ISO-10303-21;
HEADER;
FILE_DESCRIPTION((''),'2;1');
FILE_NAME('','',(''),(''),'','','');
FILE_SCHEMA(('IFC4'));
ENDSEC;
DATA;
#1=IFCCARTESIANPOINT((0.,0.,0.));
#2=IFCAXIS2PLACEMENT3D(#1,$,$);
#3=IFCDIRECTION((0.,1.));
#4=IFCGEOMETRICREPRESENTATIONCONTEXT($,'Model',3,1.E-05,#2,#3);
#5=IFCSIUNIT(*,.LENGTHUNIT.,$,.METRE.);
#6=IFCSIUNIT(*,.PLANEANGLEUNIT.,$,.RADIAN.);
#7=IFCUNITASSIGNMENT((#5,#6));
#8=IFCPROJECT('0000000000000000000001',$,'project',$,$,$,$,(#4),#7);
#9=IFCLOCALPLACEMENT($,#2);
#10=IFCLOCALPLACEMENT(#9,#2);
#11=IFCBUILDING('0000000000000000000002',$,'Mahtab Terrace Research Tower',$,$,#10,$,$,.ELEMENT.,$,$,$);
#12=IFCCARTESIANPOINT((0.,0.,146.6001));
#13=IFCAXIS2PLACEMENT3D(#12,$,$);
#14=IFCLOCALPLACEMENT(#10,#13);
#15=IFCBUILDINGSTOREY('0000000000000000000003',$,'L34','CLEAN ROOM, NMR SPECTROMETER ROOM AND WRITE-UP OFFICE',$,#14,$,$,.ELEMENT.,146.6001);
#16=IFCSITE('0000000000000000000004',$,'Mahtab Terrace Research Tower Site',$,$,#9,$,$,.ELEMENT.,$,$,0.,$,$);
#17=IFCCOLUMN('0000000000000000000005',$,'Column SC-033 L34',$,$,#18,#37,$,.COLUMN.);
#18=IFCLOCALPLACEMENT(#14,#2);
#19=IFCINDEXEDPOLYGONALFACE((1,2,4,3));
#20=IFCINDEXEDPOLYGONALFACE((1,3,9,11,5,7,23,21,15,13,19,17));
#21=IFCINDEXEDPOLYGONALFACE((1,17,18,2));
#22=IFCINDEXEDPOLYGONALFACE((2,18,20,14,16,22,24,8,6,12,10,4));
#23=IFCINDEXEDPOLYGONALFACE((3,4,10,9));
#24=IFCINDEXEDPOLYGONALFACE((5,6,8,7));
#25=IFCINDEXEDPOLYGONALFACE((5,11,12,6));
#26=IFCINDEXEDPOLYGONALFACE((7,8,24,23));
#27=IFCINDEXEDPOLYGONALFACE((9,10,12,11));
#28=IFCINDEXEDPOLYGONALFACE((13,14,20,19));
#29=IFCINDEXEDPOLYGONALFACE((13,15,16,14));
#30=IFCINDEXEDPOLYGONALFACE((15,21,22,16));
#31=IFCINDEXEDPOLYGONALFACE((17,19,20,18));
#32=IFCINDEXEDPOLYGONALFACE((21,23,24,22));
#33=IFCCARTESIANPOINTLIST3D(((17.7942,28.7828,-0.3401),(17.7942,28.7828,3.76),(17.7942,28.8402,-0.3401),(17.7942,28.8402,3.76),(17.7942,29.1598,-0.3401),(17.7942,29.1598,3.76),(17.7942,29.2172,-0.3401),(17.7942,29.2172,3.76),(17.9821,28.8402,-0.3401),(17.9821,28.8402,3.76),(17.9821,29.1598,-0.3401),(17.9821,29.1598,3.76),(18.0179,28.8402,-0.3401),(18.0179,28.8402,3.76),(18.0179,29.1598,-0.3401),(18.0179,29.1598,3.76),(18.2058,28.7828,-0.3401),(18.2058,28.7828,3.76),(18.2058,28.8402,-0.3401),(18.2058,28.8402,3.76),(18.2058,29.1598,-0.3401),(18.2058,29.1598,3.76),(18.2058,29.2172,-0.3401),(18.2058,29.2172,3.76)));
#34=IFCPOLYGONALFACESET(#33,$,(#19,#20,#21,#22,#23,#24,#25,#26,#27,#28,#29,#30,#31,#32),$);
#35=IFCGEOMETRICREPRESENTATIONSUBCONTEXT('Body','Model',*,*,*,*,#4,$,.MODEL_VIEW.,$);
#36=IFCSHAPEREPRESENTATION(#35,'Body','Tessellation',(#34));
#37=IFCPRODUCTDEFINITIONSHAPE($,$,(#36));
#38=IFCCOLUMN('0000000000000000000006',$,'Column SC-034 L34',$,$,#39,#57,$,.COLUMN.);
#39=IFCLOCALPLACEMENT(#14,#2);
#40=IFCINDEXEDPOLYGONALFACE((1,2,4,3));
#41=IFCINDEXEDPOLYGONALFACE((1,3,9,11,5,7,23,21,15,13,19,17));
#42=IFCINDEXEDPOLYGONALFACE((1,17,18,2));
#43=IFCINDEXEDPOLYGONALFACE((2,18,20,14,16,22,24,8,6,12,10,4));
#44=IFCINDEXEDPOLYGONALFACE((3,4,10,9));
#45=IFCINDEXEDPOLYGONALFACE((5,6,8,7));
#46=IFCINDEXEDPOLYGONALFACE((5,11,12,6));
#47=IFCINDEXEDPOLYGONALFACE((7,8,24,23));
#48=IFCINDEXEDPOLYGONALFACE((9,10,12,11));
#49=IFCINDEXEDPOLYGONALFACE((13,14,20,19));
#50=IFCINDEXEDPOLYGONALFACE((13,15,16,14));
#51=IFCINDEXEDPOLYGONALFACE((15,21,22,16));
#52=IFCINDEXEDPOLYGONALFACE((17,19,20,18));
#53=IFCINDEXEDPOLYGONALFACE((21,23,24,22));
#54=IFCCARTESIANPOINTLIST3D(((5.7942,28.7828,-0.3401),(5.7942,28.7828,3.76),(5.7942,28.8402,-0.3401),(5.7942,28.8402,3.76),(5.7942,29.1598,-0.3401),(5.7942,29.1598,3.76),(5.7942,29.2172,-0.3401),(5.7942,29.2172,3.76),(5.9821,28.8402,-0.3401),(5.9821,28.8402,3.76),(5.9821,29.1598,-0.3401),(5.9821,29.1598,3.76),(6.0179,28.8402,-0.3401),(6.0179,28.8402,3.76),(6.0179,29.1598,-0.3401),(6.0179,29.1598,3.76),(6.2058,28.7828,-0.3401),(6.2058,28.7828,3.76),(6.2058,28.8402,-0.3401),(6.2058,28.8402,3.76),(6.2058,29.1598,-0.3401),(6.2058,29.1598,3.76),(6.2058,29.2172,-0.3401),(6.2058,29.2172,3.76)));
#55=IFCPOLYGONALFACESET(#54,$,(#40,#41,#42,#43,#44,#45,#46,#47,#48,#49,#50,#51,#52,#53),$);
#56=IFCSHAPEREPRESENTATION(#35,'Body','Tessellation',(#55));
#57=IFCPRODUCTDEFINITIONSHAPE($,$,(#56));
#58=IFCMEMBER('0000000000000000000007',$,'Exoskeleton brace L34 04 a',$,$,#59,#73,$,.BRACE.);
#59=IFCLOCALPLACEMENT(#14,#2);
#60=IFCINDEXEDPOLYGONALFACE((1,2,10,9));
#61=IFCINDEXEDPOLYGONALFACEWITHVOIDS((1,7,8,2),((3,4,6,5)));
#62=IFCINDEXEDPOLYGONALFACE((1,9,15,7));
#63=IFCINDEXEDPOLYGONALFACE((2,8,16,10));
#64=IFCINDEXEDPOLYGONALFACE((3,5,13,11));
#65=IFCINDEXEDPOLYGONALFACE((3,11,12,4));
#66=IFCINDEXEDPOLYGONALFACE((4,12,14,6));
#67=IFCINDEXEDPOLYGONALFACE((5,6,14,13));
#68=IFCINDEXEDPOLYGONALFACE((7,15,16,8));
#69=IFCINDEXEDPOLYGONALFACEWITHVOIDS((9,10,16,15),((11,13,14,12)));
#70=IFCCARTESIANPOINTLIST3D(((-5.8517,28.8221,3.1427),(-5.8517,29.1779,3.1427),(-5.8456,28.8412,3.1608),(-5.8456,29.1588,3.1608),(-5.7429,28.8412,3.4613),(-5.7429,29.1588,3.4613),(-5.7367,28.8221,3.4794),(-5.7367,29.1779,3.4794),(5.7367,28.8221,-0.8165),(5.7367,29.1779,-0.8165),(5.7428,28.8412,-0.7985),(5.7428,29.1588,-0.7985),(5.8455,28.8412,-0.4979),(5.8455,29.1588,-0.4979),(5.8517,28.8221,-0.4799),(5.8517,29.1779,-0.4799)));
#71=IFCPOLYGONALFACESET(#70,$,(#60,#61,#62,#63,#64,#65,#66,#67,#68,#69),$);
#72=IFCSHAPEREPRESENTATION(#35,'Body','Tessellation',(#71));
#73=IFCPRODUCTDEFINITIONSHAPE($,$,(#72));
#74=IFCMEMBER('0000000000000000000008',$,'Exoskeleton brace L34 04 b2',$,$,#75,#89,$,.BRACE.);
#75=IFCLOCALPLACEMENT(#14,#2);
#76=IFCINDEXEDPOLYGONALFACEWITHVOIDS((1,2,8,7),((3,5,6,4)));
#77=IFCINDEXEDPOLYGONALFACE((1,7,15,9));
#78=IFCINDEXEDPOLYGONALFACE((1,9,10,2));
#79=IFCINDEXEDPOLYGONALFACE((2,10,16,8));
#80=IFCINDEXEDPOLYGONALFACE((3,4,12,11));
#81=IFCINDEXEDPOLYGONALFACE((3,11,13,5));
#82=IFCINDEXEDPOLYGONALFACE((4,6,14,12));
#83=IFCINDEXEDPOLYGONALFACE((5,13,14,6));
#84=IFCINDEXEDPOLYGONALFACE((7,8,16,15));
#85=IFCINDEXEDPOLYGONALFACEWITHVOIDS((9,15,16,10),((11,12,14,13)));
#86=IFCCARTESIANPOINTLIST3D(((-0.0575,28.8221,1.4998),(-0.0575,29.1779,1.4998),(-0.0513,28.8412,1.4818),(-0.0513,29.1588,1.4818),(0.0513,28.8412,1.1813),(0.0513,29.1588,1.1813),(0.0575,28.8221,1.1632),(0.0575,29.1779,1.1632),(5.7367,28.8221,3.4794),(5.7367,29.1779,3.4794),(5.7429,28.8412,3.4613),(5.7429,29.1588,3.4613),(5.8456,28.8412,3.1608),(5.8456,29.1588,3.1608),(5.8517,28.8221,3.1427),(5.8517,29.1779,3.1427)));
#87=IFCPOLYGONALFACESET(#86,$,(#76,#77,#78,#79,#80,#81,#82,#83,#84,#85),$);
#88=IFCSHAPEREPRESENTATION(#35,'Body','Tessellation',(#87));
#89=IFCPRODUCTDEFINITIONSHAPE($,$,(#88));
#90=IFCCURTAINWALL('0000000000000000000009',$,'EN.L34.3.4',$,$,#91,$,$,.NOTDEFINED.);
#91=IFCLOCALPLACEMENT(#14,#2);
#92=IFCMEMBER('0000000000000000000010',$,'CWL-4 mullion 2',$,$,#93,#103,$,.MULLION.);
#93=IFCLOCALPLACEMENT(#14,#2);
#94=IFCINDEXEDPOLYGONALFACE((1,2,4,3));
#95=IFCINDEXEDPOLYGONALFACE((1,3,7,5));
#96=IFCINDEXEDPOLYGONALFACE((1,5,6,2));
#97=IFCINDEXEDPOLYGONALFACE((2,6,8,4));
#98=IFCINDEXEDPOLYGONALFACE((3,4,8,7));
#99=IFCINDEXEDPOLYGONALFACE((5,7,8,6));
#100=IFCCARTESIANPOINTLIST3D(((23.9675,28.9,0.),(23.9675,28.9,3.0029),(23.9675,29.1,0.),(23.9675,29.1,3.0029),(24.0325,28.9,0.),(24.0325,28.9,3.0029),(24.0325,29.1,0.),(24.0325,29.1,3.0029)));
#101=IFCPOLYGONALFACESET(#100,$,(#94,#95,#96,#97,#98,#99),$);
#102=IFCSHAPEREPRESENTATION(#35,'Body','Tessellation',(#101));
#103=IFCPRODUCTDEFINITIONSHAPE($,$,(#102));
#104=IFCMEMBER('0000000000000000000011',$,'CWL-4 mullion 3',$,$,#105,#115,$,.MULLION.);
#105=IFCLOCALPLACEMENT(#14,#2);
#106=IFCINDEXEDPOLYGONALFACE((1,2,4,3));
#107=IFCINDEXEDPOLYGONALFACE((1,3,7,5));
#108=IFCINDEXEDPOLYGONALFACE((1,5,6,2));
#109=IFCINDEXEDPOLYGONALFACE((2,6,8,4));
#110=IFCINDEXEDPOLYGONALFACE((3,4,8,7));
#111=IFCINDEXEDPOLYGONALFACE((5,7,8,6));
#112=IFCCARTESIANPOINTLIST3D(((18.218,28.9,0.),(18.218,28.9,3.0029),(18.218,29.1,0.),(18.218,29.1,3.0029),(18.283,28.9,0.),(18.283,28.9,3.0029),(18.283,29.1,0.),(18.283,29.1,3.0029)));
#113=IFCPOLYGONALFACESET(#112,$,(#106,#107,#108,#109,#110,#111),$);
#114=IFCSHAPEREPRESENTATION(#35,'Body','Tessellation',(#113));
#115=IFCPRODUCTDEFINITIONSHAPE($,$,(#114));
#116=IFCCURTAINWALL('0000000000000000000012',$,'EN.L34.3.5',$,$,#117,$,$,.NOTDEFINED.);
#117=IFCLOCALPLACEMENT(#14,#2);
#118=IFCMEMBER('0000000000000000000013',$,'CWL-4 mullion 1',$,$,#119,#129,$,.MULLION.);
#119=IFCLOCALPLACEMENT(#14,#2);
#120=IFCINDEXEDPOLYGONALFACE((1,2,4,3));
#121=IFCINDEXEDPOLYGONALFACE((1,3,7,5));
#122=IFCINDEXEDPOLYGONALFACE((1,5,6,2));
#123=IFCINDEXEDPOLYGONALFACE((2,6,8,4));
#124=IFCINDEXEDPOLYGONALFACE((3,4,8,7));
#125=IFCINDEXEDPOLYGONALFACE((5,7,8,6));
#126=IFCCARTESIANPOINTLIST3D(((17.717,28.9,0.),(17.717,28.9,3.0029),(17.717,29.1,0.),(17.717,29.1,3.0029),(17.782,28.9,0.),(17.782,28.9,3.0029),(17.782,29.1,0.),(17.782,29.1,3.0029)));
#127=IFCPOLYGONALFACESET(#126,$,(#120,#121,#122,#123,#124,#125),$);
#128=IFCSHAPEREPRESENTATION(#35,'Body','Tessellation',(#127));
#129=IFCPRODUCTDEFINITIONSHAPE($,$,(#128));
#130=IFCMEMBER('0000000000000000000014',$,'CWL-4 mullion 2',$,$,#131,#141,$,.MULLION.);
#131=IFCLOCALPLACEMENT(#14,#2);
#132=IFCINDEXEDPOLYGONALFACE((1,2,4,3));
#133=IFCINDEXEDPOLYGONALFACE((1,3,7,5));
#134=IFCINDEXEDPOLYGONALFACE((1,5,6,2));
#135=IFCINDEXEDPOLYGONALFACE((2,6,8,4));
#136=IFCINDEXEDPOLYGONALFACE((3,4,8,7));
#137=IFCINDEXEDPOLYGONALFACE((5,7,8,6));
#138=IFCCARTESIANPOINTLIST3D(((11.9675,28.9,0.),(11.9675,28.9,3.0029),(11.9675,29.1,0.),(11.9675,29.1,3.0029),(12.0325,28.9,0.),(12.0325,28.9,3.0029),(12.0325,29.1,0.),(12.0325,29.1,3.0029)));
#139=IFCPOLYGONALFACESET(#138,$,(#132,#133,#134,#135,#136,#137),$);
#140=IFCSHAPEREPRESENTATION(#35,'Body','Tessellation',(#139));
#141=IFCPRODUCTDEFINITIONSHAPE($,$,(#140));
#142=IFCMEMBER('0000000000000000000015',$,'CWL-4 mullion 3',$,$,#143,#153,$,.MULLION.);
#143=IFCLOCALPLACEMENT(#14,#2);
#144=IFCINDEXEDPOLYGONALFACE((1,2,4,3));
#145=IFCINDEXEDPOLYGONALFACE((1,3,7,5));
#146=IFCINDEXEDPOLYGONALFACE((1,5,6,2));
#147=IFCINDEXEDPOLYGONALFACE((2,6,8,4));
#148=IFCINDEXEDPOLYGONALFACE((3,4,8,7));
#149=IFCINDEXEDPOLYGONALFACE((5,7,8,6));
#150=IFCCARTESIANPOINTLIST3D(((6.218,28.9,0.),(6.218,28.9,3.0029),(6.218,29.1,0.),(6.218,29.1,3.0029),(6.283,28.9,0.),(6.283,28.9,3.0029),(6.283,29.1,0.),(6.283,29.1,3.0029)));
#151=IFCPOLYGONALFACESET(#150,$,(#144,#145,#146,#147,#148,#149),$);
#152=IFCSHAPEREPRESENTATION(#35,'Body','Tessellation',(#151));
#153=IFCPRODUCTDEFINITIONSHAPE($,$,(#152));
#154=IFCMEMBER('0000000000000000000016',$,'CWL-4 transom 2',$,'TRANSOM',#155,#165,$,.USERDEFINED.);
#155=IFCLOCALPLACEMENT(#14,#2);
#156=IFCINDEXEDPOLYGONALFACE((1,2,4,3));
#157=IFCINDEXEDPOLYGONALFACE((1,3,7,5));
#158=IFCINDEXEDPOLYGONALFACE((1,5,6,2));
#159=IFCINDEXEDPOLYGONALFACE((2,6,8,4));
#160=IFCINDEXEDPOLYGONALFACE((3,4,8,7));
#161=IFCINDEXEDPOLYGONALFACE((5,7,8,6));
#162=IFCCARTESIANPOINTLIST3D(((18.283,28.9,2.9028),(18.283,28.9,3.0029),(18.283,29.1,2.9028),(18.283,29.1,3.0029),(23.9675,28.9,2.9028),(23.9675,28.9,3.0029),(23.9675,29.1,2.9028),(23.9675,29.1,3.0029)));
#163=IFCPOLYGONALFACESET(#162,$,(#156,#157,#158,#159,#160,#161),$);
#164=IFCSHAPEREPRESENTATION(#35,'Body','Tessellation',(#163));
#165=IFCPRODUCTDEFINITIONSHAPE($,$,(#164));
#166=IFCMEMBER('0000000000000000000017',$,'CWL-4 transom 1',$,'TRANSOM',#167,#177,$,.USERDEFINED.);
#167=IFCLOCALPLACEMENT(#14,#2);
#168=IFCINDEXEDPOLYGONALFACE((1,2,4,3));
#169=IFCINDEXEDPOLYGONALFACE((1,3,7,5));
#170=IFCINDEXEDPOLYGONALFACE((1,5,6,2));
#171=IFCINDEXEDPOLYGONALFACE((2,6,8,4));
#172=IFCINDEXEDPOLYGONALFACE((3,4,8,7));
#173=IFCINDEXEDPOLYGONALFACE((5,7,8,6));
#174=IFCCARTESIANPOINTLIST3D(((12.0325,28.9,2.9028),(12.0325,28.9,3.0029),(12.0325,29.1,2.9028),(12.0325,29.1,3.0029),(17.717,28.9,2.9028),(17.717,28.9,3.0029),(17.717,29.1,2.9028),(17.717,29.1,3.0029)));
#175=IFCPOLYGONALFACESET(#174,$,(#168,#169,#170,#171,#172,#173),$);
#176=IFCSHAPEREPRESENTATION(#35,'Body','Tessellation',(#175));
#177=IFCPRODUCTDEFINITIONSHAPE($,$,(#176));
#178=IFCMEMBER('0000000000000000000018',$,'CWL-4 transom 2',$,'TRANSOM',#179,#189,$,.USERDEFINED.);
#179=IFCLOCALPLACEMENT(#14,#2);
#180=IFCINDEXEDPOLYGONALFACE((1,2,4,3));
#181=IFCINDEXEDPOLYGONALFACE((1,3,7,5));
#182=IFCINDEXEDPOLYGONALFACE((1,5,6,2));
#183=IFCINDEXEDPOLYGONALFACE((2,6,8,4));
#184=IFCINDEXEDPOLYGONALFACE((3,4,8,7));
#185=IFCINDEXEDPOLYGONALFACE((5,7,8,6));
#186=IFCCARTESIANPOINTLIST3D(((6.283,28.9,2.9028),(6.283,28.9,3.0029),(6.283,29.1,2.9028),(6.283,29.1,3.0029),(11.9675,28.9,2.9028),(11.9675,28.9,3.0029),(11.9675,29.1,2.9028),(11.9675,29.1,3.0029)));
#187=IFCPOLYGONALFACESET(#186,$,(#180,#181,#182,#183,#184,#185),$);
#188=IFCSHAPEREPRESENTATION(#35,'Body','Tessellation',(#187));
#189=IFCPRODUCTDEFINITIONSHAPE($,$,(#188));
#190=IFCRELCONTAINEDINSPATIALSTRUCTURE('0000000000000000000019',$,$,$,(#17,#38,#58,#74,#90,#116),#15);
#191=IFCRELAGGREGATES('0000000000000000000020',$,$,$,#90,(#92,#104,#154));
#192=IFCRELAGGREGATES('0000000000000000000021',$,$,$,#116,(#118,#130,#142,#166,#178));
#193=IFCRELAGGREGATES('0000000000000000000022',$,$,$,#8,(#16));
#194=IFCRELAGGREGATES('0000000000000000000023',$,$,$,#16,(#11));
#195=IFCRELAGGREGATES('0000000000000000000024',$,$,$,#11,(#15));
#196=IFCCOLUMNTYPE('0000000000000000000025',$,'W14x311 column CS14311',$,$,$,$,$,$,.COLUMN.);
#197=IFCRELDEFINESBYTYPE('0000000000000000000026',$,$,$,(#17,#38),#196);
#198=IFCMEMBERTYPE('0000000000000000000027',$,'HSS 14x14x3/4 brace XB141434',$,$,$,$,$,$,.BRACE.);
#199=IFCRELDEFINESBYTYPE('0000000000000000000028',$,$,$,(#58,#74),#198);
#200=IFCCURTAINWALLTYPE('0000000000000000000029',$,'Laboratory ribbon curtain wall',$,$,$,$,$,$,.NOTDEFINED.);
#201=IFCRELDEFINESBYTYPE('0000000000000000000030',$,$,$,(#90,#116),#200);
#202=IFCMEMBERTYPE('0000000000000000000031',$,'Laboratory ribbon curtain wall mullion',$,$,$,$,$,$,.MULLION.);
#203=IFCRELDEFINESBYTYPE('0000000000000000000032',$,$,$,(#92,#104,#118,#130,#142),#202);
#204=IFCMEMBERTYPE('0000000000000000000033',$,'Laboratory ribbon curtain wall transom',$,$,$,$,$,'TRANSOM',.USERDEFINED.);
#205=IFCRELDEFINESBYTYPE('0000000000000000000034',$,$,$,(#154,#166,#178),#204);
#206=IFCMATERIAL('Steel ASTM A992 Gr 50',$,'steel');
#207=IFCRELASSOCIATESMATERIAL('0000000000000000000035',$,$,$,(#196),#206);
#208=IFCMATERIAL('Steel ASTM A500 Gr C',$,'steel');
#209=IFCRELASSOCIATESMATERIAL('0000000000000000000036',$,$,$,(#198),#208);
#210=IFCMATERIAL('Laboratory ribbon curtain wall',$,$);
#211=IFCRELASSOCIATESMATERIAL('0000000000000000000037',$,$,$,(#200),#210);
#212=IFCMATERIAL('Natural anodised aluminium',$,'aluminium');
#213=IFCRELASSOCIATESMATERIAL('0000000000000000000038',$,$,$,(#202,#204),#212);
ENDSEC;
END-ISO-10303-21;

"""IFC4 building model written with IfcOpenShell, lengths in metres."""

from ifc_helpers import new_model, si_unit, direction, frame, origin, origin_2d, place, context, subcontext, project, spatial, rectangle, hollow_rectangle, i_section, extrude, material, material_profile, profile_set, type_object, element, aggregate, save


model = new_model("IFC4")

# Units and contexts
model_context = context("Model", 3, precision=1e-05, world=origin(), true_north=direction((0.0, 1.0)))
body_context = subcontext(model_context, "Body", "Model", "MODEL_VIEW")
ifc_project = project(units=[si_unit("LENGTHUNIT", "METRE"), si_unit("PLANEANGLEUNIT", "RADIAN")], contexts=[model_context])

# Site, building, storey
site_placement = place(None, origin())
site = spatial("IfcSite", under=ifc_project, at=site_placement, Name="Mahtab Terrace Research Tower Site", CompositionType="ELEMENT", RefElevation=0.0)
building_placement = place(site_placement, origin())
building = spatial("IfcBuilding", under=site, at=building_placement, Name="Mahtab Terrace Research Tower", CompositionType="ELEMENT")
storey_placement = place(building_placement, frame((0.0, 0.0, 146.6001)))
storey = spatial("IfcBuildingStorey", under=building, at=storey_placement, Name="L34", Description="CLEAN ROOM, NMR SPECTROMETER ROOM AND WRITE-UP OFFICE", CompositionType="ELEMENT", Elevation=146.6001)

# Columns
ifc_material_1 = material(Name="Steel ASTM A992 Gr 50", Category="steel")
ifc_material_profile_1 = material_profile(ifc_material_1, i_section(OverallWidth=0.4116, OverallDepth=0.4343, WebThickness=0.0359, FlangeThickness=0.0574, at=origin_2d()), Name="W14X311")
ifc_profile_set_1 = profile_set([ifc_material_profile_1], Name="Steel ASTM A992 Gr 50")
column_type = type_object("IfcColumnType", Name="W14x311 column CS14311", PredefinedType="COLUMN", material=ifc_profile_set_1)
for number, where, z_axis, x_axis, name in (
    (1, (18.0, 29.0, -0.3401), (0.0, 0.0, 1.0), (1.0, 0.0, 0.0), "Column SC-033 L34"),
    (2, (6.0, 29.0, -0.3401), (0.0, 0.0, 1.0), (1.0, 0.0, 0.0), "Column SC-034 L34"),
):
    element("IfcColumn", number, at=place(storey_placement, frame(where, z_axis=z_axis, x_axis=x_axis)), inside=storey, type_object=column_type, Name=name, PredefinedType="COLUMN", context=body_context, shape_type="SweptSolid", body=[
        extrude(i_section(OverallWidth=0.4116, OverallDepth=0.4343, WebThickness=0.0359, FlangeThickness=0.0574, at=origin_2d()), origin(), (0.0, 0.0, 1.0), 4.1001),
    ])

# Members
ifc_material_2 = material(Name="Steel ASTM A500 Gr C", Category="steel")
ifc_material_profile_2 = material_profile(ifc_material_2, hollow_rectangle(XDim=0.3557, YDim=0.3557, WallThickness=0.019, at=origin_2d()), Name="HSS14X14X3/4")
ifc_profile_set_2 = profile_set([ifc_material_profile_2], Name="Steel ASTM A500 Gr C")
member_type_1 = type_object("IfcMemberType", Name="HSS 14x14x3/4 brace XB141434", PredefinedType="BRACE", material=ifc_profile_set_2)
member_1_placement = place(storey_placement, frame((5.7942, 29.0, -0.6482), z_axis=(-0.946294, 0.0, 0.323306), x_axis=(0.0, -1.0, 0.0)))
element("IfcMember", 3, at=member_1_placement, inside=storey, type_object=member_type_1, Name="Exoskeleton brace L34 04 a", PredefinedType="BRACE", context=body_context, shape_type="SweptSolid", body=[
    extrude(hollow_rectangle(XDim=0.3557, YDim=0.3557, WallThickness=0.019, at=origin_2d()), origin(), (0.0, 0.0, 1.0), 12.2461),
])
member_2_placement = place(storey_placement, frame((0.0, 29.0, 1.3315), z_axis=(0.9463, 0.0, 0.323288), x_axis=(0.0, 1.0, 0.0)))
element("IfcMember", 4, at=member_2_placement, inside=storey, type_object=member_type_1, Name="Exoskeleton brace L34 04 b2", PredefinedType="BRACE", context=body_context, shape_type="SweptSolid", body=[
    extrude(hollow_rectangle(XDim=0.3557, YDim=0.3557, WallThickness=0.019, at=origin_2d()), origin(), (0.0, 0.0, 1.0), 6.123),
])

# Curtain walls, members
ifc_material_3 = material(Name="Laboratory ribbon curtain wall")
curtain_wall_type = type_object("IfcCurtainWallType", Name="Laboratory ribbon curtain wall", PredefinedType="NOTDEFINED", material=ifc_material_3)
curtain_wall_1_placement = place(storey_placement, origin())
curtain_wall_1 = element("IfcCurtainWall", 5, at=curtain_wall_1_placement, inside=storey, type_object=curtain_wall_type, Name="EN.L34.3.4", PredefinedType="NOTDEFINED")
ifc_material_4 = material(Name="Natural anodised aluminium", Category="aluminium")
ifc_material_profile_3 = material_profile(ifc_material_4, rectangle(XDim=0.2, YDim=0.0649, at=origin_2d()), Name="MULLION 65x200")
ifc_profile_set_3 = profile_set([ifc_material_profile_3], Name="Natural anodised aluminium")
member_type_2 = type_object("IfcMemberType", Name="Laboratory ribbon curtain wall mullion", PredefinedType="MULLION", material=ifc_profile_set_3)
member_3_placement = place(storey_placement, frame((24.0, 29.0, 0.0), z_axis=(0.0, 0.0, 1.0), x_axis=(0.0, -1.0, 0.0)))
member_3 = element("IfcMember", 6, at=member_3_placement, type_object=member_type_2, Name="CWL-4 mullion 2", PredefinedType="MULLION", context=body_context, shape_type="SweptSolid", body=[
    extrude(rectangle(XDim=0.2, YDim=0.0649, at=origin_2d()), origin(), (0.0, 0.0, 1.0), 3.0029),
])
member_4_placement = place(storey_placement, frame((18.2505, 29.0, 0.0), z_axis=(0.0, 0.0, 1.0), x_axis=(0.0, -1.0, 0.0)))
member_4 = element("IfcMember", 7, at=member_4_placement, type_object=member_type_2, Name="CWL-4 mullion 3", PredefinedType="MULLION", context=body_context, shape_type="SweptSolid", body=[
    extrude(rectangle(XDim=0.2, YDim=0.0649, at=origin_2d()), origin(), (0.0, 0.0, 1.0), 3.0029),
])
curtain_wall_2_placement = place(storey_placement, origin())
curtain_wall_2 = element("IfcCurtainWall", 8, at=curtain_wall_2_placement, inside=storey, type_object=curtain_wall_type, Name="EN.L34.3.5", PredefinedType="NOTDEFINED")
member_5_placement = place(storey_placement, frame((17.7495, 29.0, 0.0), z_axis=(0.0, 0.0, 1.0), x_axis=(0.0, -1.0, 0.0)))
member_5 = element("IfcMember", 9, at=member_5_placement, type_object=member_type_2, Name="CWL-4 mullion 1", PredefinedType="MULLION", context=body_context, shape_type="SweptSolid", body=[
    extrude(rectangle(XDim=0.2, YDim=0.0649, at=origin_2d()), origin(), (0.0, 0.0, 1.0), 3.0029),
])
member_6_placement = place(storey_placement, frame((12.0, 29.0, 0.0), z_axis=(0.0, 0.0, 1.0), x_axis=(0.0, -1.0, 0.0)))
member_6 = element("IfcMember", 10, at=member_6_placement, type_object=member_type_2, Name="CWL-4 mullion 2", PredefinedType="MULLION", context=body_context, shape_type="SweptSolid", body=[
    extrude(rectangle(XDim=0.2, YDim=0.0649, at=origin_2d()), origin(), (0.0, 0.0, 1.0), 3.0029),
])
member_7_placement = place(storey_placement, frame((6.2505, 29.0, 0.0), z_axis=(0.0, 0.0, 1.0), x_axis=(0.0, -1.0, 0.0)))
member_7 = element("IfcMember", 11, at=member_7_placement, type_object=member_type_2, Name="CWL-4 mullion 3", PredefinedType="MULLION", context=body_context, shape_type="SweptSolid", body=[
    extrude(rectangle(XDim=0.2, YDim=0.0649, at=origin_2d()), origin(), (0.0, 0.0, 1.0), 3.0029),
])

# Members
ifc_material_profile_4 = material_profile(ifc_material_4, rectangle(XDim=0.2, YDim=0.1001, at=origin_2d()), Name="TRANSOM 100x200")
ifc_profile_set_4 = profile_set([ifc_material_profile_4], Name="Natural anodised aluminium")
member_type_3 = type_object("IfcMemberType", Name="Laboratory ribbon curtain wall transom", ElementType="TRANSOM", PredefinedType="USERDEFINED", material=ifc_profile_set_4)
member_8_placement = place(storey_placement, frame((23.9675, 29.0, 2.9529), z_axis=(-1.0, 0.0, 0.0), x_axis=(0.0, -1.0, 0.0)))
member_8 = element("IfcMember", 12, at=member_8_placement, type_object=member_type_3, Name="CWL-4 transom 2", ObjectType="TRANSOM", PredefinedType="USERDEFINED", context=body_context, shape_type="SweptSolid", body=[
    extrude(rectangle(XDim=0.2, YDim=0.1001, at=origin_2d()), origin(), (0.0, 0.0, 1.0), 5.6846),
])
member_9_placement = place(storey_placement, frame((17.717, 29.0, 2.9529), z_axis=(-1.0, 0.0, 0.0), x_axis=(0.0, -1.0, 0.0)))
member_9 = element("IfcMember", 13, at=member_9_placement, type_object=member_type_3, Name="CWL-4 transom 1", ObjectType="TRANSOM", PredefinedType="USERDEFINED", context=body_context, shape_type="SweptSolid", body=[
    extrude(rectangle(XDim=0.2, YDim=0.1001, at=origin_2d()), origin(), (0.0, 0.0, 1.0), 5.6846),
])
member_10_placement = place(storey_placement, frame((11.9675, 29.0, 2.9529), z_axis=(-1.0, 0.0, 0.0), x_axis=(0.0, -1.0, 0.0)))
member_10 = element("IfcMember", 14, at=member_10_placement, type_object=member_type_3, Name="CWL-4 transom 2", ObjectType="TRANSOM", PredefinedType="USERDEFINED", context=body_context, shape_type="SweptSolid", body=[
    extrude(rectangle(XDim=0.2, YDim=0.1001, at=origin_2d()), origin(), (0.0, 0.0, 1.0), 5.6846),
])

aggregate(curtain_wall_1, [member_3, member_4, member_8])
aggregate(curtain_wall_2, [member_5, member_6, member_7, member_9, member_10])

save(model, "model.ifc")
